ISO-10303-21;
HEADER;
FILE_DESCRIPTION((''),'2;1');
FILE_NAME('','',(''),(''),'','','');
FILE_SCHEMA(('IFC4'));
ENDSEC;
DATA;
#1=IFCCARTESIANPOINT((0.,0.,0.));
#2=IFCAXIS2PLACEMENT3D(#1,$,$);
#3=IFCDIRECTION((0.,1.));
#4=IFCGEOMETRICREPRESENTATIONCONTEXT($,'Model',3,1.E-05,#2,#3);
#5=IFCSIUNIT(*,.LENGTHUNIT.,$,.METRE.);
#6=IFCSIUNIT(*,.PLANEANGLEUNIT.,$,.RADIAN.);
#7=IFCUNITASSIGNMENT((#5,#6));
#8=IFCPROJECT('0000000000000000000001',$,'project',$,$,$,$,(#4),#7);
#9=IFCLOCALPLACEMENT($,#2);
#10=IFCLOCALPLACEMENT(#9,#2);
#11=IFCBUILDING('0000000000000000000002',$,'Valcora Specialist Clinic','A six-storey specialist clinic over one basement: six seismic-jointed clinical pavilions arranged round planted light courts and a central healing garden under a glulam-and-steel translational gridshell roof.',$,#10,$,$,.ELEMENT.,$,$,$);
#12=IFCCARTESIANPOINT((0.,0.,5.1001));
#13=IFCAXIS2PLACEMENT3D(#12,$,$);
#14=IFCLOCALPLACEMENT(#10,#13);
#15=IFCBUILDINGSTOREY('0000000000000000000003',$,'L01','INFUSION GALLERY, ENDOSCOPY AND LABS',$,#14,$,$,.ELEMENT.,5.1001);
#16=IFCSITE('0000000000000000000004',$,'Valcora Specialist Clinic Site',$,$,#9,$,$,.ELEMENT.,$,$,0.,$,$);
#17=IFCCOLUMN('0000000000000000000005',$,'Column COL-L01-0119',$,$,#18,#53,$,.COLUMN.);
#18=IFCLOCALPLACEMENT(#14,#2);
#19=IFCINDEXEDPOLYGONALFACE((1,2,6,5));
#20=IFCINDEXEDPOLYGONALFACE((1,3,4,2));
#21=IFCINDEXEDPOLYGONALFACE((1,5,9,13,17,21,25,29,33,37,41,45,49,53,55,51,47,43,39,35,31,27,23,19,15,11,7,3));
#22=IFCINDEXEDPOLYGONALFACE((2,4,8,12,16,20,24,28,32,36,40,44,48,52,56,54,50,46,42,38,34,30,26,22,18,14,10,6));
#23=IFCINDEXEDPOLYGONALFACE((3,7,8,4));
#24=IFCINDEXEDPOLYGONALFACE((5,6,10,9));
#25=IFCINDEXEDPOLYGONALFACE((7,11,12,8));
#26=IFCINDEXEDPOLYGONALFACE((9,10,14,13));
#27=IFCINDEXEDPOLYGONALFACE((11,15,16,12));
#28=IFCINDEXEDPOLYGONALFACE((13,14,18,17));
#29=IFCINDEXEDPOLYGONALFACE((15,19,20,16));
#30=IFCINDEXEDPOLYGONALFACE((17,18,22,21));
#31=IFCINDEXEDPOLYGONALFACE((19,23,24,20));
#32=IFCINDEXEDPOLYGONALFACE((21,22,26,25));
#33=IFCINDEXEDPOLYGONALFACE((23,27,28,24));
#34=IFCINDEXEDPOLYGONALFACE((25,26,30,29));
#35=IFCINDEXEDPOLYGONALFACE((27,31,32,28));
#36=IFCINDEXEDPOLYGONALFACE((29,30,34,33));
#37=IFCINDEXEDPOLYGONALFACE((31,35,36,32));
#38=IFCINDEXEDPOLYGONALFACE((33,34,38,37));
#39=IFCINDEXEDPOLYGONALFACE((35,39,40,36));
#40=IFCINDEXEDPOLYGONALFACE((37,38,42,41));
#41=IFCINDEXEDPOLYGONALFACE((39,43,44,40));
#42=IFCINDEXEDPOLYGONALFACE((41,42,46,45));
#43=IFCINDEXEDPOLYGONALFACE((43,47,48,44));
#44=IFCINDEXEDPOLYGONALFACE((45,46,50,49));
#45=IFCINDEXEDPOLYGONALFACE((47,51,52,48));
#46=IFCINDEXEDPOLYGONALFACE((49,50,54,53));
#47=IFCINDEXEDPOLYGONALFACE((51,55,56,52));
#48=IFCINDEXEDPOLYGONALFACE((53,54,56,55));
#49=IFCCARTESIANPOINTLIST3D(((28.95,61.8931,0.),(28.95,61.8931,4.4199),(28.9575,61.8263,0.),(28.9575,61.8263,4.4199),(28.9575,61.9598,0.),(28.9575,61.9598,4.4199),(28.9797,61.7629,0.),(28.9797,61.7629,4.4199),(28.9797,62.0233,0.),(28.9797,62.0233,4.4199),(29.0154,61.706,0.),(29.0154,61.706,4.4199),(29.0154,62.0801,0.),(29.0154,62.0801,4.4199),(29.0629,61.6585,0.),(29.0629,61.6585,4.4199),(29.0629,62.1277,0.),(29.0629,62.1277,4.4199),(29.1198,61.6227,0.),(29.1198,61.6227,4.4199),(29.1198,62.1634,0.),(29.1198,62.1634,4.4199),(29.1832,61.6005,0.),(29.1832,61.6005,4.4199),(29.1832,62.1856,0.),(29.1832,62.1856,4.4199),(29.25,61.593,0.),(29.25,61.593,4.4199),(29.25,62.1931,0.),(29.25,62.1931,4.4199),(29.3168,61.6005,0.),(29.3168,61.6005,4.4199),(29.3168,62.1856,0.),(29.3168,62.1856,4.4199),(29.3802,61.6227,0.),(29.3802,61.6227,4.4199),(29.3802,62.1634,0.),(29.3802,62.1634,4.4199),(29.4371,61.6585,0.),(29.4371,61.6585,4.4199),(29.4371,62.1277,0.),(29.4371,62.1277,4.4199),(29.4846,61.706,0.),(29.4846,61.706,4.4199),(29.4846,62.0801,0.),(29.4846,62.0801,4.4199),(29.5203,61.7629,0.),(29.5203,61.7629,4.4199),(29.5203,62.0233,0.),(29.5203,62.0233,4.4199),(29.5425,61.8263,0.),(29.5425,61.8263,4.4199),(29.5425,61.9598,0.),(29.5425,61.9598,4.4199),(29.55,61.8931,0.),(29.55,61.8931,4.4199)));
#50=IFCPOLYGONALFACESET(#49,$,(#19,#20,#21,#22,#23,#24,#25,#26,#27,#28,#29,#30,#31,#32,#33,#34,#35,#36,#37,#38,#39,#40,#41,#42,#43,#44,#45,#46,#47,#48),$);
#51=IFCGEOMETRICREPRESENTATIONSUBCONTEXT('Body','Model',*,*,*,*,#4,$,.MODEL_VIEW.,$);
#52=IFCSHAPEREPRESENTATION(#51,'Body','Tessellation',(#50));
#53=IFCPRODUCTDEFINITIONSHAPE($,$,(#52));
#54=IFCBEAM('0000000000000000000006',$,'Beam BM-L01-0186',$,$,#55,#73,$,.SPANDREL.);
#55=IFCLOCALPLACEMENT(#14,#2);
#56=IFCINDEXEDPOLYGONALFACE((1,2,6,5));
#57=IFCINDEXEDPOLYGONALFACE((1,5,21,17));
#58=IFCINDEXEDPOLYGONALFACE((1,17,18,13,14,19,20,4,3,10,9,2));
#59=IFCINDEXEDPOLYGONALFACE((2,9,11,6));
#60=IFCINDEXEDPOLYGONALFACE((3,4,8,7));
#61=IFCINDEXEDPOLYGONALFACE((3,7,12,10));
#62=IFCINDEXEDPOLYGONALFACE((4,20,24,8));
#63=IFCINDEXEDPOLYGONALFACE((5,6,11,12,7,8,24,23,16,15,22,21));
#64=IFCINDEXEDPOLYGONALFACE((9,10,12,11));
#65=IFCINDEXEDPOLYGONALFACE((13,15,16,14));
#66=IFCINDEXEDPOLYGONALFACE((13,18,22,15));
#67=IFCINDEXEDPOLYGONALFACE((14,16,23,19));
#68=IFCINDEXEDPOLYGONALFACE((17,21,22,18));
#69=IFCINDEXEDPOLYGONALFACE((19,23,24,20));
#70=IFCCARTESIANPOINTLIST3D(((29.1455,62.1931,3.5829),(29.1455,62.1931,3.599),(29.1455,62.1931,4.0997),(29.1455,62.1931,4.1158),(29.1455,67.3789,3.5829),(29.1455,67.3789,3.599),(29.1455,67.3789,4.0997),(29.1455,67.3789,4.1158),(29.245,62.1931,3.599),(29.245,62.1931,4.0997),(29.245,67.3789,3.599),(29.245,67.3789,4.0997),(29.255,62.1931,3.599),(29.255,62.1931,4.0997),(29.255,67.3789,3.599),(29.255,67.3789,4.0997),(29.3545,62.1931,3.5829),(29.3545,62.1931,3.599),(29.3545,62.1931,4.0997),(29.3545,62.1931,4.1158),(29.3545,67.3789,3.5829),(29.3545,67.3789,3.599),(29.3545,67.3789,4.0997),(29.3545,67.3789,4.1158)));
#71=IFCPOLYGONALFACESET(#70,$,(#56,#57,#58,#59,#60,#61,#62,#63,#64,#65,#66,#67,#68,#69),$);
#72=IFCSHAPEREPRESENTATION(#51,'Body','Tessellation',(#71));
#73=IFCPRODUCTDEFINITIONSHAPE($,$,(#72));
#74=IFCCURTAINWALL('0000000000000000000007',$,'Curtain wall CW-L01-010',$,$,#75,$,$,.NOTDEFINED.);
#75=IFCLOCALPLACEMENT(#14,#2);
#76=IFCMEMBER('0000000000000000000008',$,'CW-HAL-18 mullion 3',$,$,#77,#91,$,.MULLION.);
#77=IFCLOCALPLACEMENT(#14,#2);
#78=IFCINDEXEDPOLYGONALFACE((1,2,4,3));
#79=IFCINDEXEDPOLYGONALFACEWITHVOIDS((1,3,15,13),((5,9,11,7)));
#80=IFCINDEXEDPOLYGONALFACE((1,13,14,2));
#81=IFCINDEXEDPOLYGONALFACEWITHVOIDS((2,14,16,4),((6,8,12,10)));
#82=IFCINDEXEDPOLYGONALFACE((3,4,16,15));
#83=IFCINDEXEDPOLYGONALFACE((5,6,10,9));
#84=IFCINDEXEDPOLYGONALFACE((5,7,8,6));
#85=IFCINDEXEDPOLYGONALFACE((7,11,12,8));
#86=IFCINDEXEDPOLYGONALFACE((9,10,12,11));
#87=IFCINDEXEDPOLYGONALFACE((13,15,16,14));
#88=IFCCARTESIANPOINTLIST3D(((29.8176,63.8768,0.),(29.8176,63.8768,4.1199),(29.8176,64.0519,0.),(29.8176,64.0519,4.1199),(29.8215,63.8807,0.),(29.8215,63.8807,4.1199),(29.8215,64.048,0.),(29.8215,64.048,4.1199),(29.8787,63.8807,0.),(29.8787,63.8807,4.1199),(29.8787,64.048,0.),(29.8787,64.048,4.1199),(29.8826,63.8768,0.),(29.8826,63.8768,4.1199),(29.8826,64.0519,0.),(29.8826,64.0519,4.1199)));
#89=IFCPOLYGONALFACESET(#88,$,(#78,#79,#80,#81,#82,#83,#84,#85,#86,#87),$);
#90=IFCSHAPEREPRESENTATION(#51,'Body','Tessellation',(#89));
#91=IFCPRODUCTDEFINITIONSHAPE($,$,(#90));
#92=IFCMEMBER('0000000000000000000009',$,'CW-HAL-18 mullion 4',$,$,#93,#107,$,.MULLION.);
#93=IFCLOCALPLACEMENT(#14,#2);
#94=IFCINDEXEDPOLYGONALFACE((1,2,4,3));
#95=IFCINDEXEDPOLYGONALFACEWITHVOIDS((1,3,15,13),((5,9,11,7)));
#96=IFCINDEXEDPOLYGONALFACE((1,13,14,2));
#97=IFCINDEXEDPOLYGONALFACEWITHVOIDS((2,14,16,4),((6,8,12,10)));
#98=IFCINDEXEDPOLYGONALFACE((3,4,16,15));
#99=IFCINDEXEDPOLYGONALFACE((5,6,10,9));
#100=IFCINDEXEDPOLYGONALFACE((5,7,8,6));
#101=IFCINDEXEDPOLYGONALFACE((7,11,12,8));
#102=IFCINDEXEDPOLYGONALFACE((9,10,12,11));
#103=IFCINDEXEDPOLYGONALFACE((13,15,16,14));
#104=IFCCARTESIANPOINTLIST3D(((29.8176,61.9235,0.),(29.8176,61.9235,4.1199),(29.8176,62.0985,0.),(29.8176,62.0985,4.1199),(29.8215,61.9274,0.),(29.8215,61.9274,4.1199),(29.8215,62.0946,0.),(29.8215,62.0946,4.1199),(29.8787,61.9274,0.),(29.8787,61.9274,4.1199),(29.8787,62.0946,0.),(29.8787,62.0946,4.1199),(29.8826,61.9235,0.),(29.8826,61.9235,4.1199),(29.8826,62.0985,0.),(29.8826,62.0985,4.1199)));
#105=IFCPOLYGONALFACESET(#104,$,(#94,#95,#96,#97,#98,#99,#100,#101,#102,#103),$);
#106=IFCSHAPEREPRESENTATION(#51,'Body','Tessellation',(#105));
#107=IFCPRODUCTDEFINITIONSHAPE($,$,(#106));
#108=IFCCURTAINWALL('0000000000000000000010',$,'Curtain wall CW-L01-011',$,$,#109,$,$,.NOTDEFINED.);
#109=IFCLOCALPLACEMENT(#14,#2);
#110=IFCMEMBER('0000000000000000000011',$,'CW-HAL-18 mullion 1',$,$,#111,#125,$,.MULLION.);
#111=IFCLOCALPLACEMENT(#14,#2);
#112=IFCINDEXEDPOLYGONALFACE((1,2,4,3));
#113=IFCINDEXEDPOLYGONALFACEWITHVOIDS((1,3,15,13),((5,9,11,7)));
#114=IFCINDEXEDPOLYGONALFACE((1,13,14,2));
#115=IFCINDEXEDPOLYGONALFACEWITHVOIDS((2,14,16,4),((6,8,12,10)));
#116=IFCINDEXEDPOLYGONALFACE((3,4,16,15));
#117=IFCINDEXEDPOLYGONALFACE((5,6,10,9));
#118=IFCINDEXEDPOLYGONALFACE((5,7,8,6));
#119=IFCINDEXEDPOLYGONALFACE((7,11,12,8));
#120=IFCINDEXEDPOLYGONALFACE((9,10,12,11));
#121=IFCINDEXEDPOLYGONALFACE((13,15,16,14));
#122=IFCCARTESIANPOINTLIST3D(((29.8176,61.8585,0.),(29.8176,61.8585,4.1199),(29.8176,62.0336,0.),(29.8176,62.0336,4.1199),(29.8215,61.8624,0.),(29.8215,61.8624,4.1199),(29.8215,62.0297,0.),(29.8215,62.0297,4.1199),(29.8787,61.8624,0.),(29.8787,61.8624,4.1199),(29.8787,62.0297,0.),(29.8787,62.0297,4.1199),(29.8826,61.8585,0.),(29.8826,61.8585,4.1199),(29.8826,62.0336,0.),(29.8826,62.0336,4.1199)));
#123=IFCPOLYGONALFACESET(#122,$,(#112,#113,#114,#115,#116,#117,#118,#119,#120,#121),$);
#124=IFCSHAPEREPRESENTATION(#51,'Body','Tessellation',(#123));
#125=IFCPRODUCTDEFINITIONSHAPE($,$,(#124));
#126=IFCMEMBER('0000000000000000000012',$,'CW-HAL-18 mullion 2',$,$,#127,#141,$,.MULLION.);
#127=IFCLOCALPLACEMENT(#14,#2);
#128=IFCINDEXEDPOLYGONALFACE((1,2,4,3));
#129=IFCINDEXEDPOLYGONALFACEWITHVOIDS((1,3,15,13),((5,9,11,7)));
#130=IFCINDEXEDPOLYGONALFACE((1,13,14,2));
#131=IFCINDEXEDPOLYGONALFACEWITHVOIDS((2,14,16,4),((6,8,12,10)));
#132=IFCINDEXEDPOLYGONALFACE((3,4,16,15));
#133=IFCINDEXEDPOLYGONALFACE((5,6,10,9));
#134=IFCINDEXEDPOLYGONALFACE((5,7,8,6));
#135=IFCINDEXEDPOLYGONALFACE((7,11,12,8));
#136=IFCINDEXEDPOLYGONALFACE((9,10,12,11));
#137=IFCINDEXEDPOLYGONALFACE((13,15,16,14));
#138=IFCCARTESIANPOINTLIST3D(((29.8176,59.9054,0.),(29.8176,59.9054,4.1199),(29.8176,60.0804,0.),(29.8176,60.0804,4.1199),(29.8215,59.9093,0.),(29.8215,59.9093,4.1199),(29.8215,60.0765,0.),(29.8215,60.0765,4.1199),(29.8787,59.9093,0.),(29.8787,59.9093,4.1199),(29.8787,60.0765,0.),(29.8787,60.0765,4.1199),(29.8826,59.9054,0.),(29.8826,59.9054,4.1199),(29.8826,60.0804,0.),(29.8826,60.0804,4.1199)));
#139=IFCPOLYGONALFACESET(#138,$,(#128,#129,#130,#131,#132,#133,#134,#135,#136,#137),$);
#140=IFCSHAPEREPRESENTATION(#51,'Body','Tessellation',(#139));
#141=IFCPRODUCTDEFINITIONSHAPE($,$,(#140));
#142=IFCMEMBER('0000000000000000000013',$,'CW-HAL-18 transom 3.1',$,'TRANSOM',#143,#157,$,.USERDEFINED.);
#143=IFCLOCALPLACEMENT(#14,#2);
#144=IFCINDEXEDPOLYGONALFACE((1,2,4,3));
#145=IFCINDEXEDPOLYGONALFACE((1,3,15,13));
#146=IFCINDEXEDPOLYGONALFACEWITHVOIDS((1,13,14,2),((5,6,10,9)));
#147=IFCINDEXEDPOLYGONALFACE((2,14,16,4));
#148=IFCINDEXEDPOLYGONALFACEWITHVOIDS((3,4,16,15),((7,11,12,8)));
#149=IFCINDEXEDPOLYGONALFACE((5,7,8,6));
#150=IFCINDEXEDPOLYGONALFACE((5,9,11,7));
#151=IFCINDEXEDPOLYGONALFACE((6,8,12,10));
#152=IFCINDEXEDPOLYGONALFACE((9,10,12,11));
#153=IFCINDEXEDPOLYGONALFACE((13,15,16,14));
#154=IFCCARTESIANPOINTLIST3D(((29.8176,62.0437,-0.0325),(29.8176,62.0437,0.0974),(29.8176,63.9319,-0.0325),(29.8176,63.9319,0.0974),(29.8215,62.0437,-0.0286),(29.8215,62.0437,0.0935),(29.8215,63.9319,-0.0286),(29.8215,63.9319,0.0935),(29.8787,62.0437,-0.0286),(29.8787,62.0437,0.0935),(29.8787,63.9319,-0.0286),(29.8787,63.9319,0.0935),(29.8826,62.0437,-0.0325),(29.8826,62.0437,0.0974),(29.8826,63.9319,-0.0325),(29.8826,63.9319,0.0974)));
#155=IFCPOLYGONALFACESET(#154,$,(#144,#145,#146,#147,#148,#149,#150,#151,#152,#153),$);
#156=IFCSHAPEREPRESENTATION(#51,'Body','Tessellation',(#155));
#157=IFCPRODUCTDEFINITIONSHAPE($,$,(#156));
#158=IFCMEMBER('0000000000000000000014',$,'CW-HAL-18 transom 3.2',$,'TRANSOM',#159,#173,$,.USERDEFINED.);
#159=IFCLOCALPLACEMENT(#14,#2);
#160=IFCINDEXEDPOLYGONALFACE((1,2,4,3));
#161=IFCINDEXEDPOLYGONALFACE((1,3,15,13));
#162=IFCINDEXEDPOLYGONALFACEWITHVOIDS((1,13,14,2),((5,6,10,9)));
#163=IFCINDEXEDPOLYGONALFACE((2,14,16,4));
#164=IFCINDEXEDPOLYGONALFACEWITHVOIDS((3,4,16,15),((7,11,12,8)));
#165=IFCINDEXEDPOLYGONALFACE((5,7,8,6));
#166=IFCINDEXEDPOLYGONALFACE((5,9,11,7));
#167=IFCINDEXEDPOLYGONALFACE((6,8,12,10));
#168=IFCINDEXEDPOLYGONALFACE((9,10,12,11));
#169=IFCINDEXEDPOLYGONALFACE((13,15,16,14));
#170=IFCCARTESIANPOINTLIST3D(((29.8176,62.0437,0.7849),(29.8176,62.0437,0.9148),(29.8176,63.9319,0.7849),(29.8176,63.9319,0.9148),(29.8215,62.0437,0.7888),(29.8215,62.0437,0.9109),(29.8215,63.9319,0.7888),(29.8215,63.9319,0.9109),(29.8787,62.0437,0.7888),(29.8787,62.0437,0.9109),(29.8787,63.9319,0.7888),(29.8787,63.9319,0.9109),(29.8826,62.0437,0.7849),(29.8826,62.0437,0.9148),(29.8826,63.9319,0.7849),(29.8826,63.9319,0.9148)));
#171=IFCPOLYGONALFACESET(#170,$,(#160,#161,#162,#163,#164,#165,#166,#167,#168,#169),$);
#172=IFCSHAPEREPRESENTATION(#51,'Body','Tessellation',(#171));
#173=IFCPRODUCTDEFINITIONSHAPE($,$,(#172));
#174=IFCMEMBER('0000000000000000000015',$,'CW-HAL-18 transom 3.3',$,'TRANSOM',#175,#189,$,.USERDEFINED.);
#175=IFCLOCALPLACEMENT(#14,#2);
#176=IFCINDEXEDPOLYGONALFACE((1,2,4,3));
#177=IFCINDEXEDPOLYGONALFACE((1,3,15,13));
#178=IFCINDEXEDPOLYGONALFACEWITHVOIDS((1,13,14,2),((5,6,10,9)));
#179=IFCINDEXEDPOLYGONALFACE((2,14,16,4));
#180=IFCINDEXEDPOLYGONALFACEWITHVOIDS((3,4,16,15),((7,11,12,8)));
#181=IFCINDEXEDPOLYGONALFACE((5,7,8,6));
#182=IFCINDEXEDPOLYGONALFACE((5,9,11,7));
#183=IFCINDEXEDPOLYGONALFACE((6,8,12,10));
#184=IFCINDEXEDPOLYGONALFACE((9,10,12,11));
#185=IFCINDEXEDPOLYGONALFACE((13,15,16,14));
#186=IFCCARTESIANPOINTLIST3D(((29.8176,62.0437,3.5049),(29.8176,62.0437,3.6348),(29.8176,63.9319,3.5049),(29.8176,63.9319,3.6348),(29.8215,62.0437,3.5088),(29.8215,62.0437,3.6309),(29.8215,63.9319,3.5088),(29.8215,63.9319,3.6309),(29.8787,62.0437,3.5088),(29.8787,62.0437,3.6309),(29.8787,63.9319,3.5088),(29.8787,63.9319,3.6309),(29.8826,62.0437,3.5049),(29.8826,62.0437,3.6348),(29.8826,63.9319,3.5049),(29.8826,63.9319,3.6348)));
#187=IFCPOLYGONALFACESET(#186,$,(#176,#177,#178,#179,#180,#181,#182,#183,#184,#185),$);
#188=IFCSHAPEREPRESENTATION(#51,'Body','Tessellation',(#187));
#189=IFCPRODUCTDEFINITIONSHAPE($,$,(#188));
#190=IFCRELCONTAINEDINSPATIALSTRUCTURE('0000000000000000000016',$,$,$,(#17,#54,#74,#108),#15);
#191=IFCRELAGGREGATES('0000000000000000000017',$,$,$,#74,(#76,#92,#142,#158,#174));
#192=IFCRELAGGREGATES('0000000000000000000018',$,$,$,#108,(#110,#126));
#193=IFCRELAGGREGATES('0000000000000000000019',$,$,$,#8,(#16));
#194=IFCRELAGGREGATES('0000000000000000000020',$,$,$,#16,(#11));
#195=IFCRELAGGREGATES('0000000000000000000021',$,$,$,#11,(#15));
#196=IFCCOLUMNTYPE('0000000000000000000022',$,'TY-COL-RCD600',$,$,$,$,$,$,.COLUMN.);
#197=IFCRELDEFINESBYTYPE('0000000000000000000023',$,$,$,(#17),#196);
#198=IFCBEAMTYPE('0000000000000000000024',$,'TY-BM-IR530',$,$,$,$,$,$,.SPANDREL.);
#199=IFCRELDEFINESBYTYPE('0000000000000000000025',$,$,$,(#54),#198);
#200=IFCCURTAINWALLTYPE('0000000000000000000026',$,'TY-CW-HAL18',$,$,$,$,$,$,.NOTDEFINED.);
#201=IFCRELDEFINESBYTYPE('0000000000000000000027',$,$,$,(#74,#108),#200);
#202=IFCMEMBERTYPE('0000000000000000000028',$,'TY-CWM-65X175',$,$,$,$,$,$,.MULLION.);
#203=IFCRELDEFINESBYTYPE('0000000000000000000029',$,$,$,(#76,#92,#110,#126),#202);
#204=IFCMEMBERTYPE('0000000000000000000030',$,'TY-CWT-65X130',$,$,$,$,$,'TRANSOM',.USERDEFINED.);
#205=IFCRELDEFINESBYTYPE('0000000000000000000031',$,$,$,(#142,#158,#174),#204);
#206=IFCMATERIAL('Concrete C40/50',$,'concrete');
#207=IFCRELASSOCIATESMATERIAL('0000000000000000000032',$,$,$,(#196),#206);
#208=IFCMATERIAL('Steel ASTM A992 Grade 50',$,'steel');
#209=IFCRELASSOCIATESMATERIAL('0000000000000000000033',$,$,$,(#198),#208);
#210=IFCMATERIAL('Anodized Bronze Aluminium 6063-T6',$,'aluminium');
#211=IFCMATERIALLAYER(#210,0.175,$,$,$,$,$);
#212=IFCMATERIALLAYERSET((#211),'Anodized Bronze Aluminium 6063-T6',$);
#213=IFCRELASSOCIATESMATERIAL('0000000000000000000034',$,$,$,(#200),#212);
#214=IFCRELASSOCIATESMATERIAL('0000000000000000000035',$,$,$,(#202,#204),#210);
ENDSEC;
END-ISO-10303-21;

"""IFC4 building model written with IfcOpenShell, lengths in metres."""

from ifc_helpers import new_model, si_unit, direction, frame, origin, origin_2d, place, context, subcontext, project, spatial, hollow_rectangle, circle, i_section, extrude, material, layer, layer_set, material_profile, profile_set, type_object, element, aggregate, save


model = new_model("IFC4")

# Units and contexts
model_context = context("Model", 3, precision=1e-05, world=origin(), true_north=direction((0.0, 1.0)))
body_context = subcontext(model_context, "Body", "Model", "MODEL_VIEW")
ifc_project = project(units=[si_unit("LENGTHUNIT", "METRE"), si_unit("PLANEANGLEUNIT", "RADIAN")], contexts=[model_context])

# Site, building, storey
site_placement = place(None, origin())
site = spatial("IfcSite", under=ifc_project, at=site_placement, Name="Valcora Specialist Clinic Site", CompositionType="ELEMENT", RefElevation=0.0)
building_placement = place(site_placement, origin())
building = spatial("IfcBuilding", under=site, at=building_placement, Name="Valcora Specialist Clinic", Description="A six-storey specialist clinic over one basement: six seismic-jointed clinical pavilions arranged round planted light courts and a central healing garden under a glulam-and-steel translational gridshell roof.", CompositionType="ELEMENT")
storey_placement = place(building_placement, frame((0.0, 0.0, 5.1001)))
storey = spatial("IfcBuildingStorey", under=building, at=storey_placement, Name="L01", Description="INFUSION GALLERY, ENDOSCOPY AND LABS", CompositionType="ELEMENT", Elevation=5.1001)

# Column
ifc_material_1 = material(Name="Concrete C40/50", Category="concrete")
ifc_material_profile_1 = material_profile(ifc_material_1, circle(Radius=0.3, at=origin_2d()), Name="RC-COL-D600")
ifc_profile_set_1 = profile_set([ifc_material_profile_1], Name="Concrete C40/50")
column_type = type_object("IfcColumnType", Name="TY-COL-RCD600", PredefinedType="COLUMN", material=ifc_profile_set_1)
column_placement = place(storey_placement, frame((29.25, 61.8931, 0.0), z_axis=(0.0, 0.0, 1.0), x_axis=(1.0, 0.0, 0.0)))
element("IfcColumn", 1, at=column_placement, inside=storey, type_object=column_type, Name="Column COL-L01-0119", PredefinedType="COLUMN", context=body_context, shape_type="SweptSolid", body=[
    extrude(circle(Radius=0.3, at=origin_2d()), origin(), (0.0, 0.0, 1.0), 4.4199),
])

# Beam
ifc_material_2 = material(Name="Steel ASTM A992 Grade 50", Category="steel")
ifc_material_profile_2 = material_profile(ifc_material_2, i_section(OverallWidth=0.209, OverallDepth=0.533, WebThickness=0.01, FlangeThickness=0.0161, at=origin_2d()), Name="ST-IR-530X210")
ifc_profile_set_2 = profile_set([ifc_material_profile_2], Name="Steel ASTM A992 Grade 50")
beam_type = type_object("IfcBeamType", Name="TY-BM-IR530", PredefinedType="SPANDREL", material=ifc_profile_set_2)
beam_placement = place(storey_placement, frame((29.25, 62.1931, 3.8494), z_axis=(0.0, 1.0, 0.0), x_axis=(-1.0, 0.0, 0.0)))
element("IfcBeam", 2, at=beam_placement, inside=storey, type_object=beam_type, Name="Beam BM-L01-0186", PredefinedType="SPANDREL", context=body_context, shape_type="SweptSolid", body=[
    extrude(i_section(OverallWidth=0.209, OverallDepth=0.533, WebThickness=0.01, FlangeThickness=0.0161, at=origin_2d()), origin(), (0.0, 0.0, 1.0), 5.1858),
])

# Curtain walls, members
ifc_material_3 = material(Name="Anodized Bronze Aluminium 6063-T6", Category="aluminium")
ifc_layer_1 = layer(ifc_material_3, 0.175)
ifc_layer_set_1 = layer_set([ifc_layer_1], Name="Anodized Bronze Aluminium 6063-T6")
curtain_wall_type = type_object("IfcCurtainWallType", Name="TY-CW-HAL18", PredefinedType="NOTDEFINED", material=ifc_layer_set_1)
curtain_wall_1_placement = place(storey_placement, origin())
curtain_wall_1 = element("IfcCurtainWall", 3, at=curtain_wall_1_placement, inside=storey, type_object=curtain_wall_type, Name="Curtain wall CW-L01-010", PredefinedType="NOTDEFINED")
ifc_material_profile_3 = material_profile(ifc_material_3, hollow_rectangle(XDim=0.0649, YDim=0.175, WallThickness=0.0039, at=origin_2d()), Name="AL-MUL-65X175")
ifc_profile_set_3 = profile_set([ifc_material_profile_3], Name="Anodized Bronze Aluminium 6063-T6")
member_type_1 = type_object("IfcMemberType", Name="TY-CWM-65X175", PredefinedType="MULLION", material=ifc_profile_set_3)
member_1_placement = place(storey_placement, frame((29.8501, 63.9644, 0.0), z_axis=(0.0, 0.0, 1.0), x_axis=(1.0, 0.0, 0.0)))
member_1 = element("IfcMember", 4, at=member_1_placement, type_object=member_type_1, Name="CW-HAL-18 mullion 3", PredefinedType="MULLION", context=body_context, shape_type="SweptSolid", body=[
    extrude(hollow_rectangle(XDim=0.0649, YDim=0.175, WallThickness=0.0039, at=origin_2d()), origin(), (0.0, 0.0, 1.0), 4.1199),
])
member_2_placement = place(storey_placement, frame((29.8501, 62.011, 0.0), z_axis=(0.0, 0.0, 1.0), x_axis=(1.0, 0.0, 0.0)))
member_2 = element("IfcMember", 5, at=member_2_placement, type_object=member_type_1, Name="CW-HAL-18 mullion 4", PredefinedType="MULLION", context=body_context, shape_type="SweptSolid", body=[
    extrude(hollow_rectangle(XDim=0.0649, YDim=0.175, WallThickness=0.0039, at=origin_2d()), origin(), (0.0, 0.0, 1.0), 4.1199),
])
curtain_wall_2_placement = place(storey_placement, origin())
curtain_wall_2 = element("IfcCurtainWall", 6, at=curtain_wall_2_placement, inside=storey, type_object=curtain_wall_type, Name="Curtain wall CW-L01-011", PredefinedType="NOTDEFINED")
member_3_placement = place(storey_placement, frame((29.8501, 61.946, 0.0), z_axis=(0.0, 0.0, 1.0), x_axis=(1.0, 0.0, 0.0)))
member_3 = element("IfcMember", 7, at=member_3_placement, type_object=member_type_1, Name="CW-HAL-18 mullion 1", PredefinedType="MULLION", context=body_context, shape_type="SweptSolid", body=[
    extrude(hollow_rectangle(XDim=0.0649, YDim=0.175, WallThickness=0.0039, at=origin_2d()), origin(), (0.0, 0.0, 1.0), 4.1199),
])
member_4_placement = place(storey_placement, frame((29.8501, 59.9929, 0.0), z_axis=(0.0, 0.0, 1.0), x_axis=(1.0, 0.0, 0.0)))
member_4 = element("IfcMember", 8, at=member_4_placement, type_object=member_type_1, Name="CW-HAL-18 mullion 2", PredefinedType="MULLION", context=body_context, shape_type="SweptSolid", body=[
    extrude(hollow_rectangle(XDim=0.0649, YDim=0.175, WallThickness=0.0039, at=origin_2d()), origin(), (0.0, 0.0, 1.0), 4.1199),
])

# Members
ifc_material_profile_4 = material_profile(ifc_material_3, hollow_rectangle(XDim=0.0649, YDim=0.1299, WallThickness=0.0039, at=origin_2d()), Name="AL-TRN-65X130")
ifc_profile_set_4 = profile_set([ifc_material_profile_4], Name="Anodized Bronze Aluminium 6063-T6")
member_type_2 = type_object("IfcMemberType", Name="TY-CWT-65X130", ElementType="TRANSOM", PredefinedType="USERDEFINED", material=ifc_profile_set_4)
member_5_placement = place(storey_placement, frame((29.8501, 63.9319, 0.0325), z_axis=(0.0, -1.0, 0.0), x_axis=(1.0, 0.0, 0.0)))
member_5 = element("IfcMember", 9, at=member_5_placement, type_object=member_type_2, Name="CW-HAL-18 transom 3.1", ObjectType="TRANSOM", PredefinedType="USERDEFINED", context=body_context, shape_type="SweptSolid", body=[
    extrude(hollow_rectangle(XDim=0.0649, YDim=0.1299, WallThickness=0.0039, at=origin_2d()), origin(), (0.0, 0.0, 1.0), 1.8882),
])
member_6_placement = place(storey_placement, frame((29.8501, 63.9319, 0.8499), z_axis=(0.0, -1.0, 0.0), x_axis=(1.0, 0.0, 0.0)))
member_6 = element("IfcMember", 10, at=member_6_placement, type_object=member_type_2, Name="CW-HAL-18 transom 3.2", ObjectType="TRANSOM", PredefinedType="USERDEFINED", context=body_context, shape_type="SweptSolid", body=[
    extrude(hollow_rectangle(XDim=0.0649, YDim=0.1299, WallThickness=0.0039, at=origin_2d()), origin(), (0.0, 0.0, 1.0), 1.8882),
])
member_7_placement = place(storey_placement, frame((29.8501, 63.9319, 3.5698), z_axis=(0.0, -1.0, 0.0), x_axis=(1.0, 0.0, 0.0)))
member_7 = element("IfcMember", 11, at=member_7_placement, type_object=member_type_2, Name="CW-HAL-18 transom 3.3", ObjectType="TRANSOM", PredefinedType="USERDEFINED", context=body_context, shape_type="SweptSolid", body=[
    extrude(hollow_rectangle(XDim=0.0649, YDim=0.1299, WallThickness=0.0039, at=origin_2d()), origin(), (0.0, 0.0, 1.0), 1.8882),
])

aggregate(curtain_wall_1, [member_1, member_2, member_5, member_6, member_7])
aggregate(curtain_wall_2, [member_3, member_4])

save(model, "model.ifc")
